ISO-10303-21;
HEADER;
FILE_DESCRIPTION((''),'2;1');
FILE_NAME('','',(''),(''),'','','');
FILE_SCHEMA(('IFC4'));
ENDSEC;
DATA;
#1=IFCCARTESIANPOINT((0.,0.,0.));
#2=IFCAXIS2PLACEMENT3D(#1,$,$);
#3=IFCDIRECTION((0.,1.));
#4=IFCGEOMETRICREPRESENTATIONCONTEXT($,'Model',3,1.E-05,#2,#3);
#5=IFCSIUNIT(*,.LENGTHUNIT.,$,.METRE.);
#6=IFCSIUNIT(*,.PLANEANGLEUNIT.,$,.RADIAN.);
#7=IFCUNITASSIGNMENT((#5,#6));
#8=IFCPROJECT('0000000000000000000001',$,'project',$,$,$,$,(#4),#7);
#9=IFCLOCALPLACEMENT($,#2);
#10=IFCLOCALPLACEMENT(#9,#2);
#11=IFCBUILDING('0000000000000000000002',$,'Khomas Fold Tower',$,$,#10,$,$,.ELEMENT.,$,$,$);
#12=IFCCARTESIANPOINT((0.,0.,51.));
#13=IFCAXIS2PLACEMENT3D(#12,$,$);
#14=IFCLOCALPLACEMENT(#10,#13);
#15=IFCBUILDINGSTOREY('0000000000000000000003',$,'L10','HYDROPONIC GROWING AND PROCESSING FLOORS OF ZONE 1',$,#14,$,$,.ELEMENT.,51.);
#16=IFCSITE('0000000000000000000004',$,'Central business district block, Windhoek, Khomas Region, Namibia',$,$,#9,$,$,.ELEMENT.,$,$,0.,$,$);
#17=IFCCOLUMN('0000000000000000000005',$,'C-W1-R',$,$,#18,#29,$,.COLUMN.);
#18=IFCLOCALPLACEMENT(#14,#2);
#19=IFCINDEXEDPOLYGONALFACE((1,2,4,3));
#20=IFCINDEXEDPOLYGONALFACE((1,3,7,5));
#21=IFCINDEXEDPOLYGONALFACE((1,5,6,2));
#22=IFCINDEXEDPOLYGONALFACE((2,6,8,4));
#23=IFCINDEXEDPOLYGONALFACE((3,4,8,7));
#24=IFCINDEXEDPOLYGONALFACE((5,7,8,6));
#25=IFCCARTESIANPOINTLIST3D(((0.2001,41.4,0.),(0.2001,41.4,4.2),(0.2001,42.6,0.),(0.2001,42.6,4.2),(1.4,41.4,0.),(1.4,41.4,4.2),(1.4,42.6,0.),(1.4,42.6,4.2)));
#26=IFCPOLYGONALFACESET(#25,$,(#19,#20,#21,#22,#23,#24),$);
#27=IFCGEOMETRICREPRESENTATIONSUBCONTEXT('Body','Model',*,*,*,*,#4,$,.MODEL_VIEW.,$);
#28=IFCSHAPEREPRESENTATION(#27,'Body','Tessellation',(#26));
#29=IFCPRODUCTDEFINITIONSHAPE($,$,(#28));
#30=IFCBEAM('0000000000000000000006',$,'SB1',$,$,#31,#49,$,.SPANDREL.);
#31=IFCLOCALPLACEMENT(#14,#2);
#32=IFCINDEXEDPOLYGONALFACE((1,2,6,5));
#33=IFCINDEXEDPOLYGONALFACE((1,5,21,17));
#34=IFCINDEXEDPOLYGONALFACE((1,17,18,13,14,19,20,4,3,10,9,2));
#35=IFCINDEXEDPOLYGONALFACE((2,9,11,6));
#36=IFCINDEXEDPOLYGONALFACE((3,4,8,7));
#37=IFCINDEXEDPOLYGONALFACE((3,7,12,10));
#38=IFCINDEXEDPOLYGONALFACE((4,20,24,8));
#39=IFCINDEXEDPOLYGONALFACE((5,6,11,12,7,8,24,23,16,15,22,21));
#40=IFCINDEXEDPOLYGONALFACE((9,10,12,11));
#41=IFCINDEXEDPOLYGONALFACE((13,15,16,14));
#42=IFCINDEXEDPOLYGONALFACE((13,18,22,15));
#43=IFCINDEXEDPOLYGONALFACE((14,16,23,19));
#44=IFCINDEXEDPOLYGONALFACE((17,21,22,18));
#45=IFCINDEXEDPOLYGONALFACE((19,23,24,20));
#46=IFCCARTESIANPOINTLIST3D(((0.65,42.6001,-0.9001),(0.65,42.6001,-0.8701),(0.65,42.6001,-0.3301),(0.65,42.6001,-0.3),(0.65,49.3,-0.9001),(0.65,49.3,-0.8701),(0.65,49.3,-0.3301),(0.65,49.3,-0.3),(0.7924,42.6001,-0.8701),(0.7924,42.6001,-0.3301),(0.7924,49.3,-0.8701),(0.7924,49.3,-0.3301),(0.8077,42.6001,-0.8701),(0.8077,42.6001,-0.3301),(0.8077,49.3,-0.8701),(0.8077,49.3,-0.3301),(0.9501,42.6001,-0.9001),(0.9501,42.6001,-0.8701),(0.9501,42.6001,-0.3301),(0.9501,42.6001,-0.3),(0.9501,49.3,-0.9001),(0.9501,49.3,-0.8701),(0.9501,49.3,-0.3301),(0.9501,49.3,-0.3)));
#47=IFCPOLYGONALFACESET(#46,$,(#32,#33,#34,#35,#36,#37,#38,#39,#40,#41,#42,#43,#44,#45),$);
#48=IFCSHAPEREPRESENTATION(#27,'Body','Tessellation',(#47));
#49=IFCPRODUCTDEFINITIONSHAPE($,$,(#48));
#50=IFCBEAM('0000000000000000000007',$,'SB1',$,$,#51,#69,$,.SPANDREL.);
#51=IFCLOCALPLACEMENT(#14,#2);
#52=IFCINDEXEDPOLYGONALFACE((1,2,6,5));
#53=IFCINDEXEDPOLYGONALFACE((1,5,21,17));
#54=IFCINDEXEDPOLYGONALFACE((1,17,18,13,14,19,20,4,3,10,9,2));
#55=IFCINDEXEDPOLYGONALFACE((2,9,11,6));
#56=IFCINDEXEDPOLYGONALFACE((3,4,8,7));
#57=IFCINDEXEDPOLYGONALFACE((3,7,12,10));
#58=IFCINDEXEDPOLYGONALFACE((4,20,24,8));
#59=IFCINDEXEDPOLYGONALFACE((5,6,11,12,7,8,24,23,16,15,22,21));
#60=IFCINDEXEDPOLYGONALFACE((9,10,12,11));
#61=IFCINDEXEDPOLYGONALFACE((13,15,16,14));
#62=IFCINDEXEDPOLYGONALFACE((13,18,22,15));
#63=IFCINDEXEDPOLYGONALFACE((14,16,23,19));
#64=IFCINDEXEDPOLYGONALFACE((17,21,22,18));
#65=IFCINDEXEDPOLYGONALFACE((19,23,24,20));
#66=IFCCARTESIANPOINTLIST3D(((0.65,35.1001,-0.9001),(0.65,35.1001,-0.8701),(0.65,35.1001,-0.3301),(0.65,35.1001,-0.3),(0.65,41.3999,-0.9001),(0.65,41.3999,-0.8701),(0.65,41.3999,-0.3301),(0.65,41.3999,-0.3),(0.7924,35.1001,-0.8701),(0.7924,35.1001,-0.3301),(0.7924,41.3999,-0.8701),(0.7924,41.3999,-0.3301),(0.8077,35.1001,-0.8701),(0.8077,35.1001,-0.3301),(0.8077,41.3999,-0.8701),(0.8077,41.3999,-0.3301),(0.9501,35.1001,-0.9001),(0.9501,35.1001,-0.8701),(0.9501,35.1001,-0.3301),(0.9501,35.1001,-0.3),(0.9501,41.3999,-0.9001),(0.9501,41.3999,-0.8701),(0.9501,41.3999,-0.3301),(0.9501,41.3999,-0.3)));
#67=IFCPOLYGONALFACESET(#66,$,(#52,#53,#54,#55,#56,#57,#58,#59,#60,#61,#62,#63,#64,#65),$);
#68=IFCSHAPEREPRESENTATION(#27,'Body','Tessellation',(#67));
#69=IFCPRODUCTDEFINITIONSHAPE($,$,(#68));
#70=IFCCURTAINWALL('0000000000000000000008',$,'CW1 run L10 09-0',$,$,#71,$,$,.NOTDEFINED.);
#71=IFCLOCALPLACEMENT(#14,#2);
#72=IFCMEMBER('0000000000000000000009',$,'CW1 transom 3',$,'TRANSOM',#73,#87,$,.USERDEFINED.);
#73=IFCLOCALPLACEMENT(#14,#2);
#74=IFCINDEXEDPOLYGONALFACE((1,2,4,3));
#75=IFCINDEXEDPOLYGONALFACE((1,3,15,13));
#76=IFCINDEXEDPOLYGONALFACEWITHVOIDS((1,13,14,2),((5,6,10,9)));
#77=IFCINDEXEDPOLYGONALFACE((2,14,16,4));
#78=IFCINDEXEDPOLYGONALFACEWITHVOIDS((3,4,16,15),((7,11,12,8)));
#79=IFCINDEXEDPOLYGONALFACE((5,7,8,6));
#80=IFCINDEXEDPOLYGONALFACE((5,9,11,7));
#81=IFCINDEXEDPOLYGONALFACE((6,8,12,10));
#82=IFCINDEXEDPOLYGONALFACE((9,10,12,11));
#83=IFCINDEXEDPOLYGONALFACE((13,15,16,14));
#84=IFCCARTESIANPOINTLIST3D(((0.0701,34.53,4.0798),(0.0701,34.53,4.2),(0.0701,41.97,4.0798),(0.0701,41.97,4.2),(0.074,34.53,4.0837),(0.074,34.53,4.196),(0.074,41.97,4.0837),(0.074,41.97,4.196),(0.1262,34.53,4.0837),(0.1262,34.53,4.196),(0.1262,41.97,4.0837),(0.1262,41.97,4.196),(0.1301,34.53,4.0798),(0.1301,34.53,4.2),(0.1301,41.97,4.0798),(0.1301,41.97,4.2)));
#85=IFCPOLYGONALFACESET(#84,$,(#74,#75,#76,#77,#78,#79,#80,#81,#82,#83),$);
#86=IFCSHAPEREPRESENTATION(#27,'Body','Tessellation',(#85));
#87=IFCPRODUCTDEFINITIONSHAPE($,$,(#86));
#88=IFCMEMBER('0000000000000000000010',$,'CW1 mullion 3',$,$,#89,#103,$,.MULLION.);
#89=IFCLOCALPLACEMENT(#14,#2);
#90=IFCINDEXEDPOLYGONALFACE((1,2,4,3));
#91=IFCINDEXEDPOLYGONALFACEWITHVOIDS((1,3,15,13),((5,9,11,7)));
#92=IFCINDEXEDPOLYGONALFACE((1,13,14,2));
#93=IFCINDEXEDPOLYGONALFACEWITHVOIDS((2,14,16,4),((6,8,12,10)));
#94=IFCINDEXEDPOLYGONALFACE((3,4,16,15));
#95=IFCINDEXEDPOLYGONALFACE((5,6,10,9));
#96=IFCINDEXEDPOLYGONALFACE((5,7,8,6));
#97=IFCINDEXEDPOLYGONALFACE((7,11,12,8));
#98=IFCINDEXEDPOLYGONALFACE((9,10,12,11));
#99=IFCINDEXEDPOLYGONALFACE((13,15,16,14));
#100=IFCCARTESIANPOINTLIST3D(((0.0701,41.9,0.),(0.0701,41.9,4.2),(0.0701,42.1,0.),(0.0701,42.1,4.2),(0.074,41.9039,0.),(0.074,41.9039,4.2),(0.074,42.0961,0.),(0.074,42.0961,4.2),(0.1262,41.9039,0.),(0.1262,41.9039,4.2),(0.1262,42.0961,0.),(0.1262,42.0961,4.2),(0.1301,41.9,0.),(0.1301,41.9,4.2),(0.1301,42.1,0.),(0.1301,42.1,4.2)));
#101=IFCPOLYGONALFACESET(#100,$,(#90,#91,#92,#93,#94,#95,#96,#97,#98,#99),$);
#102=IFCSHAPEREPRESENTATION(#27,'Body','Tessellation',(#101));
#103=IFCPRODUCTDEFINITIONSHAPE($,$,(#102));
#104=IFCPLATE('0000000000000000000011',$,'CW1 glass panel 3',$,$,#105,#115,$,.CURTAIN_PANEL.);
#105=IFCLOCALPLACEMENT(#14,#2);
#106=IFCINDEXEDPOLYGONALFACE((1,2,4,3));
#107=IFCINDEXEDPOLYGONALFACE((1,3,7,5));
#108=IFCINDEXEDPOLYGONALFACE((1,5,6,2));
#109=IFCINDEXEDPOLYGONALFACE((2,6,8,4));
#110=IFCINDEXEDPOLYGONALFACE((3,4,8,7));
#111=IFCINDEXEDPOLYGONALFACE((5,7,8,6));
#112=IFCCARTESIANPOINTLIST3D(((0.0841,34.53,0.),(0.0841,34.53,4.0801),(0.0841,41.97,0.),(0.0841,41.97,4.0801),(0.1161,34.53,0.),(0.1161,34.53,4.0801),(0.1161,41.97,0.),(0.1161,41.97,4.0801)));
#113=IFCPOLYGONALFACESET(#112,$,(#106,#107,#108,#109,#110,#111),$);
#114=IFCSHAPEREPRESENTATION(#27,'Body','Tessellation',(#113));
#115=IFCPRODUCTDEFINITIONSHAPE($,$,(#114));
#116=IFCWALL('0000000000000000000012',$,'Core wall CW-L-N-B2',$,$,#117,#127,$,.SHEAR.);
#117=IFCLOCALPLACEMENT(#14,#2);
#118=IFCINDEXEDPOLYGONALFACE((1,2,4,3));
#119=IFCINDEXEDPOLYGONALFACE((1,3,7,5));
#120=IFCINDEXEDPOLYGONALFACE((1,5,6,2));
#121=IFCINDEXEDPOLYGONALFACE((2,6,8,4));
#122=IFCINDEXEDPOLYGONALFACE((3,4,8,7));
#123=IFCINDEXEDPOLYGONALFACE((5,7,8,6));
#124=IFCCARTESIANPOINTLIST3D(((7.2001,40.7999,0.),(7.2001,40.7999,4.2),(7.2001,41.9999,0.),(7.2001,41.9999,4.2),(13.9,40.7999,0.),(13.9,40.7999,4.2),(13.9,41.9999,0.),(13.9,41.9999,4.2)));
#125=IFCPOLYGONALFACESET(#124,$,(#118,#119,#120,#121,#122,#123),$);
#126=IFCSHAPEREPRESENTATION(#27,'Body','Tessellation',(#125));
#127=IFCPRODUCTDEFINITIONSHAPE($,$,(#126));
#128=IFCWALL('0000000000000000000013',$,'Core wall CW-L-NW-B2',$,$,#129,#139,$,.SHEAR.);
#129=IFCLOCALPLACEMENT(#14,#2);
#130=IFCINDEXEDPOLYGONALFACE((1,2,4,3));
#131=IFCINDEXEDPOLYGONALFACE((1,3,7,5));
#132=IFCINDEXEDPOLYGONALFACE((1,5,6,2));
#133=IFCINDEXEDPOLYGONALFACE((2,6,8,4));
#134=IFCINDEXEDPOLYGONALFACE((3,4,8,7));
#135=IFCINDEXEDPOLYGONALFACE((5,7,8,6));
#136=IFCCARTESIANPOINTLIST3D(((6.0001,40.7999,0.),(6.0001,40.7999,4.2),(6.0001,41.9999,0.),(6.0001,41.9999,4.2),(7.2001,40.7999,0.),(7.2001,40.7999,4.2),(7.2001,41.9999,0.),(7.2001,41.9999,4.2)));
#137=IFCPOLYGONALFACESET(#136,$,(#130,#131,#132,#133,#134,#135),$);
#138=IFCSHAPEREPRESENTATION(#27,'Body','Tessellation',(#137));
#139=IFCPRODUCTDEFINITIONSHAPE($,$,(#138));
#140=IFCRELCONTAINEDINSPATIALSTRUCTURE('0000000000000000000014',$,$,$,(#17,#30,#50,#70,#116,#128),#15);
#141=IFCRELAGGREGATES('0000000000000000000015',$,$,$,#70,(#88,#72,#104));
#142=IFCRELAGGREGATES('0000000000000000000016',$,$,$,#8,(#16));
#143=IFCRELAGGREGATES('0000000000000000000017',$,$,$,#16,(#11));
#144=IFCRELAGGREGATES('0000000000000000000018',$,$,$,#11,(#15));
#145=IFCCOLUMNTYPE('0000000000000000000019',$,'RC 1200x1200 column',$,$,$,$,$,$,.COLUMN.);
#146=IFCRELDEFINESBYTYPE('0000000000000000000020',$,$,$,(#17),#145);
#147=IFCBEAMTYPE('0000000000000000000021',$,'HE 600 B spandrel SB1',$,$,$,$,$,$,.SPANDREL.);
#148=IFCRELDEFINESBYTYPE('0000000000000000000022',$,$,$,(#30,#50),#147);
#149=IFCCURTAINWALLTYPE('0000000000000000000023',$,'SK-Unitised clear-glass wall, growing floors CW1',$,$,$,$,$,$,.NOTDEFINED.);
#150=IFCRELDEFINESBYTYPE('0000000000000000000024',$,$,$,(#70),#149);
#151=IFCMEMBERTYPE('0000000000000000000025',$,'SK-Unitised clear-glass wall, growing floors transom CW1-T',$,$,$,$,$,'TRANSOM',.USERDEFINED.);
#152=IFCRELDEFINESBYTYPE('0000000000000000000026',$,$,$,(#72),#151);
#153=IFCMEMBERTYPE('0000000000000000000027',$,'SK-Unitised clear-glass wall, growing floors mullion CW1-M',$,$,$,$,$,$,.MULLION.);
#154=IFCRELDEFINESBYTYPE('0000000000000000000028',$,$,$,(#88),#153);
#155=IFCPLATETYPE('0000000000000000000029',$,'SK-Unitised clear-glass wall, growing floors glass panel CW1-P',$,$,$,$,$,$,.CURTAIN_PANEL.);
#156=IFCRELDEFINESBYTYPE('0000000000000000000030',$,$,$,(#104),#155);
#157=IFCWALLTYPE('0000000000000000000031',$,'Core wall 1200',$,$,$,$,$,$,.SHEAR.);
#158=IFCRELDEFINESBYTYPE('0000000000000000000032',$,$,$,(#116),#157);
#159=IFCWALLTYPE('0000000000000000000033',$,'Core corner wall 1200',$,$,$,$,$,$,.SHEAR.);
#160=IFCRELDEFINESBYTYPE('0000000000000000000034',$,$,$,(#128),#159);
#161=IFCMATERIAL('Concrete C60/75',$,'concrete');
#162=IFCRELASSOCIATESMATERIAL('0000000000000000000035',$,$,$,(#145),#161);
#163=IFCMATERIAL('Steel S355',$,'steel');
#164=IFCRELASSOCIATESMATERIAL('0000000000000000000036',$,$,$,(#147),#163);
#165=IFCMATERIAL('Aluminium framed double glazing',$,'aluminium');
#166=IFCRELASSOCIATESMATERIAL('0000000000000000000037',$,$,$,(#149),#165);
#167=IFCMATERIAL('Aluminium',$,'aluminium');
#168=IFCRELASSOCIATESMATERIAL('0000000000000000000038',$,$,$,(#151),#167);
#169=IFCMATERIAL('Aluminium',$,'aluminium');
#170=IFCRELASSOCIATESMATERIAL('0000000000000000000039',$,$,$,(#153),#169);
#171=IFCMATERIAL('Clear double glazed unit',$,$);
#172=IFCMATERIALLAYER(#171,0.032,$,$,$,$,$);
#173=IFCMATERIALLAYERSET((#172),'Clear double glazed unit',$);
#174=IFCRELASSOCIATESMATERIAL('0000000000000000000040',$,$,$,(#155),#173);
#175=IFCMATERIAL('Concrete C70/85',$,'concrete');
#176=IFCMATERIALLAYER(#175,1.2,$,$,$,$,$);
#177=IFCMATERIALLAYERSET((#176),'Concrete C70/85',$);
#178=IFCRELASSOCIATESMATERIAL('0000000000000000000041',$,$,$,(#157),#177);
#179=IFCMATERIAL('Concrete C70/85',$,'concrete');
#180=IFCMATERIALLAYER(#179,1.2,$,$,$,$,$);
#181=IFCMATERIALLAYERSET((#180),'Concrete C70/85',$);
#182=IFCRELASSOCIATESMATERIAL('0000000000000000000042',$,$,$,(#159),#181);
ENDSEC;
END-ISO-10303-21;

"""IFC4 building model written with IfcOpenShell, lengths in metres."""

from ifc_helpers import new_model, si_unit, direction, frame, frame_2d, origin, origin_2d, place, context, subcontext, project, spatial, rectangle, hollow_rectangle, i_section, extrude, source, transform, mapped, material, layer, layer_set, material_profile, profile_set, type_object, element, aggregate, save


model = new_model("IFC4")

# Units and contexts
model_context = context("Model", 3, precision=1e-05, world=origin(), true_north=direction((0.0, 1.0)))
body_context = subcontext(model_context, "Body", "Model", "MODEL_VIEW")
ifc_project = project(units=[si_unit("LENGTHUNIT", "METRE"), si_unit("PLANEANGLEUNIT", "RADIAN")], contexts=[model_context])

# Site, building, storey
site_placement = place(None, origin())
site = spatial("IfcSite", under=ifc_project, at=site_placement, Name="Central business district block, Windhoek, Khomas Region, Namibia", CompositionType="ELEMENT", RefElevation=0.0)
building_placement = place(site_placement, origin())
building = spatial("IfcBuilding", under=site, at=building_placement, Name="Khomas Fold Tower", CompositionType="ELEMENT")
storey_placement = place(building_placement, frame((0.0, 0.0, 51.0)))
storey = spatial("IfcBuildingStorey", under=building, at=storey_placement, Name="L10", Description="HYDROPONIC GROWING AND PROCESSING FLOORS OF ZONE 1", CompositionType="ELEMENT", Elevation=51.0)

# Column
ifc_material_1 = material(Name="Concrete C60/75", Category="concrete")
ifc_material_profile_1 = material_profile(ifc_material_1, rectangle(XDim=1.2, YDim=1.2, at=origin_2d()), Name="RC 1200x1200")
ifc_profile_set_1 = profile_set([ifc_material_profile_1], Name="Concrete C60/75")
column_type = type_object("IfcColumnType", Name="RC 1200x1200 column", PredefinedType="COLUMN", material=ifc_profile_set_1)
shared_shape_1 = source(origin(), body_context, "Body", "SweptSolid", [
    extrude(rectangle(XDim=1.2, YDim=1.2, at=origin_2d()), origin(), (0.0, 0.0, 1.0), 4.2),
])
column_placement = place(storey_placement, frame((0.8, 42.0, 0.0), z_axis=(0.0, 0.0, 1.0), x_axis=(1.0, 0.0, 0.0)))
element("IfcColumn", 1, at=column_placement, inside=storey, type_object=column_type, Name="C-W1-R", PredefinedType="COLUMN", context=body_context, shape_type="MappedRepresentation", body=[
    mapped(shared_shape_1, transform((0.0, 0.0, 0.0))),
])

# Beams
ifc_material_2 = material(Name="Steel S355", Category="steel")
ifc_material_profile_2 = material_profile(ifc_material_2, i_section(OverallWidth=0.3, OverallDepth=0.6001, WebThickness=0.0154, FlangeThickness=0.03, at=origin_2d()), Name="HE 600 B")
ifc_profile_set_2 = profile_set([ifc_material_profile_2], Name="Steel S355")
beam_type = type_object("IfcBeamType", Name="HE 600 B spandrel SB1", PredefinedType="SPANDREL", material=ifc_profile_set_2)
shared_shape_2 = source(origin(), body_context, "Body", "SweptSolid", [
    extrude(i_section(OverallWidth=0.3, OverallDepth=0.6001, WebThickness=0.0154, FlangeThickness=0.03, at=origin_2d()), origin(), (0.0, 0.0, 1.0), 6.7),
])
beam_1_placement = place(storey_placement, frame((0.8, 42.6001, -0.6001), z_axis=(0.0, 1.0, 0.0), x_axis=(-1.0, 0.0, 0.0)))
element("IfcBeam", 2, at=beam_1_placement, inside=storey, type_object=beam_type, Name="SB1", PredefinedType="SPANDREL", context=body_context, shape_type="MappedRepresentation", body=[
    mapped(shared_shape_2, transform((0.0, 0.0, 0.0))),
])
shared_shape_3 = source(origin(), body_context, "Body", "SweptSolid", [
    extrude(i_section(OverallWidth=0.3, OverallDepth=0.6001, WebThickness=0.0154, FlangeThickness=0.03, at=origin_2d()), origin(), (0.0, 0.0, 1.0), 6.2998),
])
beam_2_placement = place(storey_placement, frame((0.8, 35.1001, -0.6001), z_axis=(0.0, 1.0, 0.0), x_axis=(-1.0, 0.0, 0.0)))
element("IfcBeam", 3, at=beam_2_placement, inside=storey, type_object=beam_type, Name="SB1", PredefinedType="SPANDREL", context=body_context, shape_type="MappedRepresentation", body=[
    mapped(shared_shape_3, transform((0.0, 0.0, 0.0))),
])

# Curtain wall, members, plate
ifc_material_3 = material(Name="Aluminium framed double glazing", Category="aluminium")
curtain_wall_type = type_object("IfcCurtainWallType", Name="SK-Unitised clear-glass wall, growing floors CW1", PredefinedType="NOTDEFINED", material=ifc_material_3)
curtain_wall_placement = place(storey_placement, origin())
curtain_wall = element("IfcCurtainWall", 4, at=curtain_wall_placement, inside=storey, type_object=curtain_wall_type, Name="CW1 run L10 09-0", PredefinedType="NOTDEFINED")
ifc_material_4 = material(Name="Aluminium", Category="aluminium")
ifc_material_profile_3 = material_profile(ifc_material_4, hollow_rectangle(XDim=0.0601, YDim=0.1201, WallThickness=0.0039, at=origin_2d()), Name="SK-Unitised clear-glass wall, growing floors transom CW1-T")
ifc_profile_set_3 = profile_set([ifc_material_profile_3], Name="Aluminium")
member_type_1 = type_object("IfcMemberType", Name="SK-Unitised clear-glass wall, growing floors transom CW1-T", ElementType="TRANSOM", PredefinedType="USERDEFINED", material=ifc_profile_set_3)
shared_shape_4 = source(origin(), body_context, "Body", "SweptSolid", [
    extrude(hollow_rectangle(XDim=0.0601, YDim=0.1201, WallThickness=0.0039, at=origin_2d()), origin(), (0.0, 0.0, 1.0), 7.4399),
])
member_1_placement = place(storey_placement, frame((0.1001, 41.97, 4.1399), z_axis=(0.0, -1.0, 0.0), x_axis=(1.0, 0.0, 0.0)))
member_1 = element("IfcMember", 5, at=member_1_placement, type_object=member_type_1, Name="CW1 transom 3", ObjectType="TRANSOM", PredefinedType="USERDEFINED", context=body_context, shape_type="MappedRepresentation", body=[
    mapped(shared_shape_4, transform((0.0, 0.0, 0.0))),
])
ifc_material_5 = material(Name="Aluminium", Category="aluminium")
ifc_material_profile_4 = material_profile(ifc_material_5, hollow_rectangle(XDim=0.0601, YDim=0.2, WallThickness=0.0039, at=origin_2d()), Name="SK-Unitised clear-glass wall, growing floors mullion CW1-M")
ifc_profile_set_4 = profile_set([ifc_material_profile_4], Name="Aluminium")
member_type_2 = type_object("IfcMemberType", Name="SK-Unitised clear-glass wall, growing floors mullion CW1-M", PredefinedType="MULLION", material=ifc_profile_set_4)
shared_shape_5 = source(origin(), body_context, "Body", "SweptSolid", [
    extrude(hollow_rectangle(XDim=0.0601, YDim=0.2, WallThickness=0.0039, at=origin_2d()), origin(), (0.0, 0.0, 1.0), 4.2),
])
member_2_placement = place(storey_placement, frame((0.1001, 42.0, 0.0), z_axis=(0.0, 0.0, 1.0), x_axis=(1.0, 0.0, 0.0)))
member_2 = element("IfcMember", 6, at=member_2_placement, type_object=member_type_2, Name="CW1 mullion 3", PredefinedType="MULLION", context=body_context, shape_type="MappedRepresentation", body=[
    mapped(shared_shape_5, transform((0.0, 0.0, 0.0))),
])
ifc_material_6 = material(Name="Clear double glazed unit")
ifc_layer_1 = layer(ifc_material_6, 0.032)
ifc_layer_set_1 = layer_set([ifc_layer_1], Name="Clear double glazed unit")
plate_type = type_object("IfcPlateType", Name="SK-Unitised clear-glass wall, growing floors glass panel CW1-P", PredefinedType="CURTAIN_PANEL", material=ifc_layer_set_1)
shared_shape_6 = source(origin(), body_context, "Body", "SweptSolid", [
    extrude(rectangle(XDim=7.4399, YDim=0.032, at=origin_2d()), origin(), (0.0, 0.0, 1.0), 4.0801),
])
plate_placement = place(storey_placement, frame((0.1001, 38.25, 0.0), z_axis=(0.0, 0.0, 1.0), x_axis=(0.0, -1.0, 0.0)))
plate = element("IfcPlate", 7, at=plate_placement, type_object=plate_type, Name="CW1 glass panel 3", PredefinedType="CURTAIN_PANEL", context=body_context, shape_type="MappedRepresentation", body=[
    mapped(shared_shape_6, transform((0.0, 0.0, 0.0))),
])
aggregate(curtain_wall, [member_2, member_1, plate])

# Walls
ifc_material_7 = material(Name="Concrete C70/85", Category="concrete")
ifc_layer_2 = layer(ifc_material_7, 1.2)
ifc_layer_set_2 = layer_set([ifc_layer_2], Name="Concrete C70/85")
wall_type_1 = type_object("IfcWallType", Name="Core wall 1200", PredefinedType="SHEAR", material=ifc_layer_set_2)
shared_shape_7 = source(origin(), body_context, "Body", "SweptSolid", [
    extrude(rectangle(XDim=6.7, YDim=1.2, at=frame_2d((3.3501, 0.0))), origin(), (0.0, 0.0, 1.0), 4.2),
])
wall_1_placement = place(storey_placement, frame((7.2, 41.3999, 0.0), z_axis=(0.0, 0.0, 1.0), x_axis=(1.0, 0.0, 0.0)))
element("IfcWall", 8, at=wall_1_placement, inside=storey, type_object=wall_type_1, Name="Core wall CW-L-N-B2", PredefinedType="SHEAR", context=body_context, shape_type="MappedRepresentation", body=[
    mapped(shared_shape_7, transform((0.0, 0.0, 0.0))),
])
ifc_material_8 = material(Name="Concrete C70/85", Category="concrete")
ifc_layer_3 = layer(ifc_material_8, 1.2)
ifc_layer_set_3 = layer_set([ifc_layer_3], Name="Concrete C70/85")
wall_type_2 = type_object("IfcWallType", Name="Core corner wall 1200", PredefinedType="SHEAR", material=ifc_layer_set_3)
shared_shape_8 = source(origin(), body_context, "Body", "SweptSolid", [
    extrude(rectangle(XDim=1.2, YDim=1.2, at=frame_2d((0.6001, 0.0))), origin(), (0.0, 0.0, 1.0), 4.2),
])
wall_2_placement = place(storey_placement, frame((6.0, 41.3999, 0.0), z_axis=(0.0, 0.0, 1.0), x_axis=(1.0, 0.0, 0.0)))
element("IfcWall", 9, at=wall_2_placement, inside=storey, type_object=wall_type_2, Name="Core wall CW-L-NW-B2", PredefinedType="SHEAR", context=body_context, shape_type="MappedRepresentation", body=[
    mapped(shared_shape_8, transform((0.0, 0.0, 0.0))),
])

save(model, "model.ifc")
